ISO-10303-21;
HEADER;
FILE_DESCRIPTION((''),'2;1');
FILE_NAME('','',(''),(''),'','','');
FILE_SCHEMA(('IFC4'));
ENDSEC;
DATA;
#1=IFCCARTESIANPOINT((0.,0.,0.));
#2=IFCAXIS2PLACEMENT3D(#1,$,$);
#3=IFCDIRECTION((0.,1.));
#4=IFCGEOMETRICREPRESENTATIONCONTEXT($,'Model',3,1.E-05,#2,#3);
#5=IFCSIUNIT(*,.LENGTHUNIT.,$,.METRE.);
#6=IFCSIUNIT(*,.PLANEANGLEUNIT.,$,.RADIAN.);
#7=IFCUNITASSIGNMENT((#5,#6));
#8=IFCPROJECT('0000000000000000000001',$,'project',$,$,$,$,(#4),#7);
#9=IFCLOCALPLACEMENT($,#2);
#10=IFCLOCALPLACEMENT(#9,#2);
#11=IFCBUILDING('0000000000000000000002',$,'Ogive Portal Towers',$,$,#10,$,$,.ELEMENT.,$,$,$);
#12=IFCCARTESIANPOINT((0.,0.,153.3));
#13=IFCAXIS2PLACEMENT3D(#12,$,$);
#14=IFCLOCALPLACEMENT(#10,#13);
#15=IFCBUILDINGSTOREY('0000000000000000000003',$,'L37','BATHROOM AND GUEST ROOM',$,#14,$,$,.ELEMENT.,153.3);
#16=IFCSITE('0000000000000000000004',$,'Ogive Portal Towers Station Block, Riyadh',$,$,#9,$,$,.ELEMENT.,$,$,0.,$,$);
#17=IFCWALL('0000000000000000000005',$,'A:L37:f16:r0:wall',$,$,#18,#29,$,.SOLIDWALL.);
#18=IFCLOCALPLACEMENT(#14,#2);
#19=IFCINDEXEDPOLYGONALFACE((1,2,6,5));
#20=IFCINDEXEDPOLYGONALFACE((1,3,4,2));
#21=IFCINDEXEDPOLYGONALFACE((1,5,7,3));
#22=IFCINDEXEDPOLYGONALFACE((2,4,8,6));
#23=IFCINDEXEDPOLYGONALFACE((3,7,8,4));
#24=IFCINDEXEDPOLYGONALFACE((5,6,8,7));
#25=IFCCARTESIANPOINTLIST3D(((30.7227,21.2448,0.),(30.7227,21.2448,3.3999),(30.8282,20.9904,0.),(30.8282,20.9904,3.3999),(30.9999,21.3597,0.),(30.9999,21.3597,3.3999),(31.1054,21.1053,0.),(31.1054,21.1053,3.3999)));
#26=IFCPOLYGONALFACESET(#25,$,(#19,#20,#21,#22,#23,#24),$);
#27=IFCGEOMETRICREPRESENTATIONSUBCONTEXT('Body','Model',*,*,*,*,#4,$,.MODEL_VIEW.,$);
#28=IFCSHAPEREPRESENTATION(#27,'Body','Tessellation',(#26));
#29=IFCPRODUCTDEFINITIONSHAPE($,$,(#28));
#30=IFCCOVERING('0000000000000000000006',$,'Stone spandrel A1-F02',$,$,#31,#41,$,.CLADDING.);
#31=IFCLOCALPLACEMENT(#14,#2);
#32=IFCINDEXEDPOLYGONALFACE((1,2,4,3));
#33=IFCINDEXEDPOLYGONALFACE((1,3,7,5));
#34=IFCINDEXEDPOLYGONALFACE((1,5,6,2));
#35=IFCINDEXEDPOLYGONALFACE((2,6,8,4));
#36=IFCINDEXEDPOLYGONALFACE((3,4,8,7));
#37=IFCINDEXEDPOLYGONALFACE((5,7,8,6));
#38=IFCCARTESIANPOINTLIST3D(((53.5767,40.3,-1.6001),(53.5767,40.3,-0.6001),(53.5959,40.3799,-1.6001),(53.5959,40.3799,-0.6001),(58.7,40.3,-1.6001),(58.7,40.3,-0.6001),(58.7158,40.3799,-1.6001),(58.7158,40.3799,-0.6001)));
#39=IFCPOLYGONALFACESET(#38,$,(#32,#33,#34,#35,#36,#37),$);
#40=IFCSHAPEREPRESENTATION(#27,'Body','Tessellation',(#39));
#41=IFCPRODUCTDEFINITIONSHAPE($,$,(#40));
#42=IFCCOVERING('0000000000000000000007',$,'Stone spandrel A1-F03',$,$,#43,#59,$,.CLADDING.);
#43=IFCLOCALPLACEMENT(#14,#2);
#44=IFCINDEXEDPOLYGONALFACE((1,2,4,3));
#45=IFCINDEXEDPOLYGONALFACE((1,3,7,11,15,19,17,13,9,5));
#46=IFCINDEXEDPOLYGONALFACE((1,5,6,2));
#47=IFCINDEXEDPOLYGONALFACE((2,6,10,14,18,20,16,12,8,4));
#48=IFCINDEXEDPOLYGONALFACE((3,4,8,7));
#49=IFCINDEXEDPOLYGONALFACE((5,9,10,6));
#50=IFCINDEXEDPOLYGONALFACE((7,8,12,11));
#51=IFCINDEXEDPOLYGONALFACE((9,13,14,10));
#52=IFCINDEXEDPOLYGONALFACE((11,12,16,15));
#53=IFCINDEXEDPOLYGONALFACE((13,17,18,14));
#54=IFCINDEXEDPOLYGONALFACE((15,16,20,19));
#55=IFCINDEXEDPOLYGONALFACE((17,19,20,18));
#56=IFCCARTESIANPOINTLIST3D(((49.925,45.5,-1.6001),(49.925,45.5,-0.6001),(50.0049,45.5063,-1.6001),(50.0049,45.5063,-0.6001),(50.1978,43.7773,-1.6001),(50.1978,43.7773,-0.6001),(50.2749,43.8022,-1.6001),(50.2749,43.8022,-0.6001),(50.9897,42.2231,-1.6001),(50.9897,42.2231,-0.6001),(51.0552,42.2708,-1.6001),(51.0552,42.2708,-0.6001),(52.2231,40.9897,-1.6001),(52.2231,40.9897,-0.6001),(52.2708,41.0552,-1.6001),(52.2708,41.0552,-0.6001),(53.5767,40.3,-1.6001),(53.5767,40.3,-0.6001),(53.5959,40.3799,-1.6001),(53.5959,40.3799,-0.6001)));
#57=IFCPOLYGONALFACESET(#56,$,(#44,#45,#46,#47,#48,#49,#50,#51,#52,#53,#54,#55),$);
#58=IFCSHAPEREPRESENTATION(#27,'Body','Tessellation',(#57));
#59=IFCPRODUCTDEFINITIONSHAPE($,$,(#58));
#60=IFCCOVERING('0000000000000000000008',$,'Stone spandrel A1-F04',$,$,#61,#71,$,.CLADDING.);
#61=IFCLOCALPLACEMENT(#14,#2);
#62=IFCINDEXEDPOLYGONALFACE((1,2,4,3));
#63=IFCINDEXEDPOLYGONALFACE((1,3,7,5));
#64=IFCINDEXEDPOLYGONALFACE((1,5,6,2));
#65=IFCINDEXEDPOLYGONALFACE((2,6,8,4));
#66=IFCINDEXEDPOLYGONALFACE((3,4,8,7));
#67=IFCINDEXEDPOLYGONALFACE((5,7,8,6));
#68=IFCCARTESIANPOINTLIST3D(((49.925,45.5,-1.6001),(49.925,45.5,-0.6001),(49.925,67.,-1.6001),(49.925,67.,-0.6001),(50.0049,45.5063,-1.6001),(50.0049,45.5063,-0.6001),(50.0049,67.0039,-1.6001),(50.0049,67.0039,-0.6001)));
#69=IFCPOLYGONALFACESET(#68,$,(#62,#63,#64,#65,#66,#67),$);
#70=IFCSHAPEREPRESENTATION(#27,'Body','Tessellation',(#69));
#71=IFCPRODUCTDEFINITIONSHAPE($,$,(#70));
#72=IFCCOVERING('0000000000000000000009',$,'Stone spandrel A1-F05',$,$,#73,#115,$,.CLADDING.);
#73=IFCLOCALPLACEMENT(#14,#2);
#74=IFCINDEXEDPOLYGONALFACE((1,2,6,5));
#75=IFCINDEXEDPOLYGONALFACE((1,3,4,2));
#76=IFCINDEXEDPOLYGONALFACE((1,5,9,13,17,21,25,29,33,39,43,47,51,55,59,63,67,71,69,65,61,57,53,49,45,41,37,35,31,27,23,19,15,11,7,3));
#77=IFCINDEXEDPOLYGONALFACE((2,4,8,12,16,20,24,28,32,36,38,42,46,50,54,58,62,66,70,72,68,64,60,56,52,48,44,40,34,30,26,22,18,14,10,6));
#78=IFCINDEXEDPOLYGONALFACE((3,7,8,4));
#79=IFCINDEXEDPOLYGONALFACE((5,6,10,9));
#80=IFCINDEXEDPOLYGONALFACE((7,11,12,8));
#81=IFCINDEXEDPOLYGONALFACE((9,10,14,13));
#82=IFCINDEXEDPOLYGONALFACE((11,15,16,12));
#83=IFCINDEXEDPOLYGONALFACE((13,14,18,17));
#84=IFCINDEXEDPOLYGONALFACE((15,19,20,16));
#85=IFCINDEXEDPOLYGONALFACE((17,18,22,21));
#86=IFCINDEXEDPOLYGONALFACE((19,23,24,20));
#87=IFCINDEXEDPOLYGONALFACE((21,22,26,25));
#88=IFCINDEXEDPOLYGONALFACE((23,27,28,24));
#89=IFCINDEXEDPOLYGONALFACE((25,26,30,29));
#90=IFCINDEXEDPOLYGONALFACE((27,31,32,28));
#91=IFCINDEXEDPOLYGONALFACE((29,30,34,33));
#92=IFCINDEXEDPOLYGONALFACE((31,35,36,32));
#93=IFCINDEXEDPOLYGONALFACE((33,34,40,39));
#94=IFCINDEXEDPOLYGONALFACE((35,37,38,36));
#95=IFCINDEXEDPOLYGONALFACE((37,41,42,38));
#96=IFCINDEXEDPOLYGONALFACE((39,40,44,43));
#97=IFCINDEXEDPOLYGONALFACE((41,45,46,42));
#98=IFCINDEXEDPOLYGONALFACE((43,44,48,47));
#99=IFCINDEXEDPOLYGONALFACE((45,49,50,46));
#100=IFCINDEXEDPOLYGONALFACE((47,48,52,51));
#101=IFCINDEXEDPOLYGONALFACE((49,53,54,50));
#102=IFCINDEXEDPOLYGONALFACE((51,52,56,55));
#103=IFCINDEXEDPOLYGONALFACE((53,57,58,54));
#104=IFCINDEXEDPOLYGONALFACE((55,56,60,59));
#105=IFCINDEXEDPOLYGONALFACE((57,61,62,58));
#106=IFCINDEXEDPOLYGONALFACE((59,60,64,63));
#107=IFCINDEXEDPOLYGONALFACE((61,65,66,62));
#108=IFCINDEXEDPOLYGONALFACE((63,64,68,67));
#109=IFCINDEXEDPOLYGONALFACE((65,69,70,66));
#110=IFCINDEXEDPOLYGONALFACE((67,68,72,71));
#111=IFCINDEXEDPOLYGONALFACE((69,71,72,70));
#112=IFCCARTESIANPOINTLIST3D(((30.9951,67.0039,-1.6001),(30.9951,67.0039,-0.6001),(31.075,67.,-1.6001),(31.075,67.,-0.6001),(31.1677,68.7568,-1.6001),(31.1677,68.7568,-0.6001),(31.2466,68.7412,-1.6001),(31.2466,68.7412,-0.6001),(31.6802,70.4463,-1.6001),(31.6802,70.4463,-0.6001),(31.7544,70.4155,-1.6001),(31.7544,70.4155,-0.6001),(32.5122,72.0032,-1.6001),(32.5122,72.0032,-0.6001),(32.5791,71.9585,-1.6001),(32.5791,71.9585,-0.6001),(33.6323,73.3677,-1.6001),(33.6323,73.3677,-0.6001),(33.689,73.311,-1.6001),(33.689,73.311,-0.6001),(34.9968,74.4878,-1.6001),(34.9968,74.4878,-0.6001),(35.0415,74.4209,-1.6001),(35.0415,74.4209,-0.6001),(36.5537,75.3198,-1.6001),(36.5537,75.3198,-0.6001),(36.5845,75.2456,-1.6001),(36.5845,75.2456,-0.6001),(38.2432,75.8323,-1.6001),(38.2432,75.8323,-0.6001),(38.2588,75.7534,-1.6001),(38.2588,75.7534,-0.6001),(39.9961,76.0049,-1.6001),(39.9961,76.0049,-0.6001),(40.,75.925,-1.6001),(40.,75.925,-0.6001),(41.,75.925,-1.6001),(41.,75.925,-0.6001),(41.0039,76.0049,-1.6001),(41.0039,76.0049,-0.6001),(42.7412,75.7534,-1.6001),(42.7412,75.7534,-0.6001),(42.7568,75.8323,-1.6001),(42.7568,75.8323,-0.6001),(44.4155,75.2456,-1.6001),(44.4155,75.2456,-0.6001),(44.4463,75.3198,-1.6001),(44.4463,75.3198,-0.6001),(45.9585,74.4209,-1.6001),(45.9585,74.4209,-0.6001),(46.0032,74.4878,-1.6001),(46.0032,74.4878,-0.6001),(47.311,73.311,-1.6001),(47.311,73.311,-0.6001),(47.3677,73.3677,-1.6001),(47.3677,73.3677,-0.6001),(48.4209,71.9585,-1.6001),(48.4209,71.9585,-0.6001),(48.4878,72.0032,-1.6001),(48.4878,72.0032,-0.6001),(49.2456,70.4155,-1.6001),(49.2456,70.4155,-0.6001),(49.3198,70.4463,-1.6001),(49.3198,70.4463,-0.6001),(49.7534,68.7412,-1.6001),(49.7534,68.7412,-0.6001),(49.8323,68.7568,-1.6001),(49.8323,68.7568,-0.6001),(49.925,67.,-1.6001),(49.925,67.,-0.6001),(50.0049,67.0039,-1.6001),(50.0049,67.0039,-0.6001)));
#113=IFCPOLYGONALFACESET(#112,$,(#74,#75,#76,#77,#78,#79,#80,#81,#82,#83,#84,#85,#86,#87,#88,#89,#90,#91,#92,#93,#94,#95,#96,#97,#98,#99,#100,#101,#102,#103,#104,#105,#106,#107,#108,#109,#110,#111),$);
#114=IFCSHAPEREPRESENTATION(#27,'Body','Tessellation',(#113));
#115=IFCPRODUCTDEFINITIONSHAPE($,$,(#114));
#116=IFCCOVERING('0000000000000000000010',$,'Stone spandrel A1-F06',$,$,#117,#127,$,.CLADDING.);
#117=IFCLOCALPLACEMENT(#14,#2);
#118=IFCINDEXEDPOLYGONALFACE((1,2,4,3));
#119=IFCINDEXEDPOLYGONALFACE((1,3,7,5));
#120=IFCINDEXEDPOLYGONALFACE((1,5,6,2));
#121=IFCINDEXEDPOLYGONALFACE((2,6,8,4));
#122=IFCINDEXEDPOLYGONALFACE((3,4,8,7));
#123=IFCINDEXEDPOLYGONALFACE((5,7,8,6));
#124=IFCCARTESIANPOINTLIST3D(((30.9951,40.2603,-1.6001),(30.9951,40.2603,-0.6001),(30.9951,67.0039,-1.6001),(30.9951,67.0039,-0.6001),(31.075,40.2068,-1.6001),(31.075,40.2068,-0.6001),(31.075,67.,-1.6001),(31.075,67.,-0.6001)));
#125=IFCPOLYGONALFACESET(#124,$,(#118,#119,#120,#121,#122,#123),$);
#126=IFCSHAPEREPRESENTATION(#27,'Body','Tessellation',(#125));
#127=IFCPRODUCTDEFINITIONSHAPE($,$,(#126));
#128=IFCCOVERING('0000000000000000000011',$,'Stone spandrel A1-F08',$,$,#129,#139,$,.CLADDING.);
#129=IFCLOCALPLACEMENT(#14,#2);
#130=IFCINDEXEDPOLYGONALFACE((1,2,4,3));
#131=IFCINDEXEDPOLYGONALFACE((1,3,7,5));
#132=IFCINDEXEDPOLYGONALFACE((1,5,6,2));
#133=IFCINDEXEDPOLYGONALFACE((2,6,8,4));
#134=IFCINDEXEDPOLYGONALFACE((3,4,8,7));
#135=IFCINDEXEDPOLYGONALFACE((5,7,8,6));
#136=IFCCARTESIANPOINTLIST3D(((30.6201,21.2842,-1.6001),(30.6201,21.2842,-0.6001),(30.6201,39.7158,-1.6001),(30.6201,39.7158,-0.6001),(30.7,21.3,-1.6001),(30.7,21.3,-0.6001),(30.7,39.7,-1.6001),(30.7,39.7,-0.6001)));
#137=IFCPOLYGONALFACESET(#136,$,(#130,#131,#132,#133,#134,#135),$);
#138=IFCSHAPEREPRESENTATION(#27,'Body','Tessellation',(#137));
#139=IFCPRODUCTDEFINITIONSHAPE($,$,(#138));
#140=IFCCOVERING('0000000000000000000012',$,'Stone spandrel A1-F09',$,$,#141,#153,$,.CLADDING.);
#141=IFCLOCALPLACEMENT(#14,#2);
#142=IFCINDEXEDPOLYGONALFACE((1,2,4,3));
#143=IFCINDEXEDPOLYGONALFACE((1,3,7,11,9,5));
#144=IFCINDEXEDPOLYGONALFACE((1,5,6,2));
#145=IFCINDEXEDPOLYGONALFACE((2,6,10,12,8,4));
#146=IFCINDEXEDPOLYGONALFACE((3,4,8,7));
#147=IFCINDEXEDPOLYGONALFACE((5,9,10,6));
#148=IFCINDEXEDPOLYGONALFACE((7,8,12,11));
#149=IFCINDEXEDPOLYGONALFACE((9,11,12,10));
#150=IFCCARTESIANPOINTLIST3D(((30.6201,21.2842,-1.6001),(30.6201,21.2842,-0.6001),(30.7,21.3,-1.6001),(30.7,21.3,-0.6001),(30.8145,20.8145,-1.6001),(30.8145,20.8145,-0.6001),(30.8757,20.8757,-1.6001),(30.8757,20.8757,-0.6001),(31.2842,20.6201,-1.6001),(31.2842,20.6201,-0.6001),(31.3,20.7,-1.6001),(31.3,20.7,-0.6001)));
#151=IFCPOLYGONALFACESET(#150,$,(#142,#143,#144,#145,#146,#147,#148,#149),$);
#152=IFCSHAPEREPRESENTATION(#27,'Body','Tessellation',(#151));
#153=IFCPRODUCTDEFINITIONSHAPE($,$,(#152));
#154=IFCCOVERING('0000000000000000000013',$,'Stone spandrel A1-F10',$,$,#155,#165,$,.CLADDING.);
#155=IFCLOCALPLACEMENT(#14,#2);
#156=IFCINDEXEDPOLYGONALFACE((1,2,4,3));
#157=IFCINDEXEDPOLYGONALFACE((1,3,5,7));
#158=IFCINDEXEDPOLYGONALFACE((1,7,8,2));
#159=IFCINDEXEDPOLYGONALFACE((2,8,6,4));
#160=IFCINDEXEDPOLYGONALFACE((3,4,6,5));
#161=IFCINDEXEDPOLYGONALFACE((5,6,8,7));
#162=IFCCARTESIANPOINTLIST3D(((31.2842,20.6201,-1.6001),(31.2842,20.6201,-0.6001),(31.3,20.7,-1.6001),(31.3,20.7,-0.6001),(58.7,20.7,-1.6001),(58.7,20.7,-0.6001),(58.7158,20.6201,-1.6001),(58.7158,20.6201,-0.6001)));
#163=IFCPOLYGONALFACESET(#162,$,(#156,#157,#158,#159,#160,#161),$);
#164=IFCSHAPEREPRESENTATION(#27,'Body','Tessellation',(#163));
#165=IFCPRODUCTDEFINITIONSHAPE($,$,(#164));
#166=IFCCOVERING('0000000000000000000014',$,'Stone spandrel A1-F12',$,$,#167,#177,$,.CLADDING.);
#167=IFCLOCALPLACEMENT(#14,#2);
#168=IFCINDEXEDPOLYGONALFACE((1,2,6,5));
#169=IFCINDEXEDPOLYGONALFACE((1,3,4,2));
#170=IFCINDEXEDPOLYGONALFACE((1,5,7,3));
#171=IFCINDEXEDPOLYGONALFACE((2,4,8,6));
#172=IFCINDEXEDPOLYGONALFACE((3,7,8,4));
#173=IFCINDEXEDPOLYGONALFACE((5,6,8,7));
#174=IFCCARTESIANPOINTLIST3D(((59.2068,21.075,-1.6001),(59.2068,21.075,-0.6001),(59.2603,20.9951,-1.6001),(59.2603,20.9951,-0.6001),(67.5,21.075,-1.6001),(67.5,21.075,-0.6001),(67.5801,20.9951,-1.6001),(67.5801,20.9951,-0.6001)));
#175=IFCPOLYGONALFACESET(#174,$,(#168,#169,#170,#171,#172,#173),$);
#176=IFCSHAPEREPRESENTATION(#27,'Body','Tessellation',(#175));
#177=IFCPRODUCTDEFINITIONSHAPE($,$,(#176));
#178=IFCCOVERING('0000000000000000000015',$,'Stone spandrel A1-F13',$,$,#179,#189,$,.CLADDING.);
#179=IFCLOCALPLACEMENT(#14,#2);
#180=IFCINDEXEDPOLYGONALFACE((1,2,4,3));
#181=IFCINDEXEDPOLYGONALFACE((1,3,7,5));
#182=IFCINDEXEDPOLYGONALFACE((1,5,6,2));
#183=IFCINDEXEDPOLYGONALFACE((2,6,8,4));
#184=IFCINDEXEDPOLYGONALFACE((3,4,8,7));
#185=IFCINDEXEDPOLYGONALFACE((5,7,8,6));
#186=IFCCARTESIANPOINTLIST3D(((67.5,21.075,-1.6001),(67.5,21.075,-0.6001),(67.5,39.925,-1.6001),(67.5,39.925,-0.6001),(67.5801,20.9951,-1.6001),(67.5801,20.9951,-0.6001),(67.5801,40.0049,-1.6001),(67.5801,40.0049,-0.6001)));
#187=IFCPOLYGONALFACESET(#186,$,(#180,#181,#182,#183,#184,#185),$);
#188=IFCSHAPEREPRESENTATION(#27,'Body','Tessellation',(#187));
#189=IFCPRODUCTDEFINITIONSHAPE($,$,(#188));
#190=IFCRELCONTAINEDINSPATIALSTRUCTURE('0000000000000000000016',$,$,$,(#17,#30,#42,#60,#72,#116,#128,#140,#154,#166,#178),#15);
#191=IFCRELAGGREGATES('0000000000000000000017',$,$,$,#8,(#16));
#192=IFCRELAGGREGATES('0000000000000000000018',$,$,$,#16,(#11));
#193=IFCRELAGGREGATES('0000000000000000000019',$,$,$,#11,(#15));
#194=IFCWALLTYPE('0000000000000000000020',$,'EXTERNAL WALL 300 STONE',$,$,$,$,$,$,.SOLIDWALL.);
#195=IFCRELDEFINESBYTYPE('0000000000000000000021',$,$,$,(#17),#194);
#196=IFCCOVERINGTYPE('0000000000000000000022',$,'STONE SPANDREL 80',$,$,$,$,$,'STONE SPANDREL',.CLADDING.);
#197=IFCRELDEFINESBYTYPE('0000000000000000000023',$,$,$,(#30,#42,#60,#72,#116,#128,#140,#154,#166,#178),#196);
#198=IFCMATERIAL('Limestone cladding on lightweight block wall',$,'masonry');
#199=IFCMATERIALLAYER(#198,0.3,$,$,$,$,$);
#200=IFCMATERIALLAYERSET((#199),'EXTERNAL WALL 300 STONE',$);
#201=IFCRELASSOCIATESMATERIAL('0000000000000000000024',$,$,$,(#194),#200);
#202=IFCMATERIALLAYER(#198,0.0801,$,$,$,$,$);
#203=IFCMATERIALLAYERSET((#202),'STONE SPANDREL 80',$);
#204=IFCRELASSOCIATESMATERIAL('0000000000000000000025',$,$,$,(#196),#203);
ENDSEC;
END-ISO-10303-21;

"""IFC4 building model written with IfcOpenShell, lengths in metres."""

from ifc_helpers import new_model, si_unit, direction, frame, frame_2d, origin, place, context, subcontext, project, spatial, polyline, rectangle, outline, extrude, material, layer, layer_set, type_object, element, save


model = new_model("IFC4")

# Units and contexts
model_context = context("Model", 3, precision=1e-05, world=origin(), true_north=direction((0.0, 1.0)))
body_context = subcontext(model_context, "Body", "Model", "MODEL_VIEW")
ifc_project = project(units=[si_unit("LENGTHUNIT", "METRE"), si_unit("PLANEANGLEUNIT", "RADIAN")], contexts=[model_context])

# Site, building, storey
site_placement = place(None, origin())
site = spatial("IfcSite", under=ifc_project, at=site_placement, Name="Ogive Portal Towers Station Block, Riyadh", CompositionType="ELEMENT", RefElevation=0.0)
building_placement = place(site_placement, origin())
building = spatial("IfcBuilding", under=site, at=building_placement, Name="Ogive Portal Towers", CompositionType="ELEMENT")
storey_placement = place(building_placement, frame((0.0, 0.0, 153.3)))
storey = spatial("IfcBuildingStorey", under=building, at=storey_placement, Name="L37", Description="BATHROOM AND GUEST ROOM", CompositionType="ELEMENT", Elevation=153.3)

# Wall
ifc_material_1 = material(Name="Limestone cladding on lightweight block wall", Category="masonry")
ifc_layer_1 = layer(ifc_material_1, 0.3)
ifc_layer_set_1 = layer_set([ifc_layer_1], Name="EXTERNAL WALL 300 STONE")
wall_type = type_object("IfcWallType", Name="EXTERNAL WALL 300 STONE", PredefinedType="SOLIDWALL", material=ifc_layer_set_1)
wall_1_placement = place(storey_placement, frame((30.8613, 21.3022, 0.0), z_axis=(0.0, 0.0, 1.0), x_axis=(0.382978, -0.923757, 0.0)))
element("IfcWall", 1, at=wall_1_placement, inside=storey, type_object=wall_type, Name="A:L37:f16:r0:wall", PredefinedType="SOLIDWALL", context=body_context, shape_type="SweptSolid", body=[
    extrude(rectangle(XDim=0.2754, YDim=0.3, at=frame_2d((0.1377, 0.0))), origin(), (0.0, 0.0, 1.0), 3.3999),
])

# Coverings
ifc_layer_2 = layer(ifc_material_1, 0.0801)
ifc_layer_set_2 = layer_set([ifc_layer_2], Name="STONE SPANDREL 80")
covering_type_1 = type_object("IfcCoveringType", Name="STONE SPANDREL 80", ElementType="STONE SPANDREL", PredefinedType="CLADDING", material=ifc_layer_set_2)
covering_1_placement = place(storey_placement, frame((0.0, 0.0, -1.6001)))
element("IfcCovering", 2, at=covering_1_placement, inside=storey, type_object=covering_type_1, Name="Stone spandrel A1-F02", PredefinedType="CLADDING", context=body_context, shape_type="SweptSolid", body=[
    extrude(outline(polyline([(58.7, 40.3), (53.5767, 40.3), (53.5959, 40.3799), (58.7158, 40.3799), (58.7, 40.3)])), origin(), (0.0, 0.0, 1.0), 1.0),
])
covering_2_placement = place(storey_placement, frame((0.0, 0.0, -1.6001)))
element("IfcCovering", 3, at=covering_2_placement, inside=storey, type_object=covering_type_1, Name="Stone spandrel A1-F03", PredefinedType="CLADDING", context=body_context, shape_type="SweptSolid", body=[
    extrude(outline(polyline([(53.5767, 40.3), (52.2231, 40.9897), (50.9897, 42.2231), (50.1978, 43.7773), (49.925, 45.5), (50.0049, 45.5063), (50.2749, 43.8022), (51.0552, 42.2708), (52.2708, 41.0552), (53.5959, 40.3799), (53.5767, 40.3)])), origin(), (0.0, 0.0, 1.0), 1.0),
])
covering_3_placement = place(storey_placement, frame((0.0, 0.0, -1.6001)))
element("IfcCovering", 4, at=covering_3_placement, inside=storey, type_object=covering_type_1, Name="Stone spandrel A1-F04", PredefinedType="CLADDING", context=body_context, shape_type="SweptSolid", body=[
    extrude(outline(polyline([(49.925, 45.5), (49.925, 67.0), (50.0049, 67.0039), (50.0049, 45.5063), (49.925, 45.5)])), origin(), (0.0, 0.0, 1.0), 1.0),
])
covering_4_placement = place(storey_placement, frame((0.0, 0.0, -1.6001)))
element("IfcCovering", 5, at=covering_4_placement, inside=storey, type_object=covering_type_1, Name="Stone spandrel A1-F05", PredefinedType="CLADDING", context=body_context, shape_type="SweptSolid", body=[
    extrude(outline(polyline([(49.925, 67.0), (49.7534, 68.7412), (49.2456, 70.4155), (48.4209, 71.9585), (47.311, 73.311), (45.9585, 74.4209), (44.4155, 75.2456), (42.7412, 75.7534), (41.0, 75.925), (40.0, 75.925), (38.2588, 75.7534), (36.5845, 75.2456), (35.0415, 74.4209), (33.689, 73.311), (32.5791, 71.9585), (31.7544, 70.4155), (31.2466, 68.7412), (31.075, 67.0), (30.9951, 67.0039), (31.1677, 68.7568), (31.6802, 70.4463), (32.5122, 72.0032), (33.6323, 73.3677), (34.9968, 74.4878), (36.5537, 75.3198), (38.2432, 75.8323), (39.9961, 76.0049), (41.0039, 76.0049), (42.7568, 75.8323), (44.4463, 75.3198), (46.0032, 74.4878), (47.3677, 73.3677), (48.4878, 72.0032), (49.3198, 70.4463), (49.8323, 68.7568), (50.0049, 67.0039), (49.925, 67.0)])), origin(), (0.0, 0.0, 1.0), 1.0),
])
covering_5_placement = place(storey_placement, frame((0.0, 0.0, -1.6001)))
element("IfcCovering", 6, at=covering_5_placement, inside=storey, type_object=covering_type_1, Name="Stone spandrel A1-F06", PredefinedType="CLADDING", context=body_context, shape_type="SweptSolid", body=[
    extrude(outline(polyline([(31.075, 67.0), (31.075, 40.2068), (30.9951, 40.2603), (30.9951, 67.0039), (31.075, 67.0)])), origin(), (0.0, 0.0, 1.0), 1.0),
])
covering_6_placement = place(storey_placement, frame((0.0, 0.0, -1.6001)))
element("IfcCovering", 7, at=covering_6_placement, inside=storey, type_object=covering_type_1, Name="Stone spandrel A1-F08", PredefinedType="CLADDING", context=body_context, shape_type="SweptSolid", body=[
    extrude(outline(polyline([(30.7, 39.7), (30.7, 21.3), (30.6201, 21.2842), (30.6201, 39.7158), (30.7, 39.7)])), origin(), (0.0, 0.0, 1.0), 1.0),
])
covering_7_placement = place(storey_placement, frame((0.0, 0.0, -1.6001)))
element("IfcCovering", 8, at=covering_7_placement, inside=storey, type_object=covering_type_1, Name="Stone spandrel A1-F09", PredefinedType="CLADDING", context=body_context, shape_type="SweptSolid", body=[
    extrude(outline(polyline([(30.7, 21.3), (30.8757, 20.8757), (31.3, 20.7), (31.2842, 20.6201), (30.8145, 20.8145), (30.6201, 21.2842), (30.7, 21.3)])), origin(), (0.0, 0.0, 1.0), 1.0),
])
covering_8_placement = place(storey_placement, frame((0.0, 0.0, -1.6001)))
element("IfcCovering", 9, at=covering_8_placement, inside=storey, type_object=covering_type_1, Name="Stone spandrel A1-F10", PredefinedType="CLADDING", context=body_context, shape_type="SweptSolid", body=[
    extrude(outline(polyline([(31.3, 20.7), (58.7, 20.7), (58.7158, 20.6201), (31.2842, 20.6201), (31.3, 20.7)])), origin(), (0.0, 0.0, 1.0), 1.0),
])
covering_9_placement = place(storey_placement, frame((0.0, 0.0, -1.6001)))
element("IfcCovering", 10, at=covering_9_placement, inside=storey, type_object=covering_type_1, Name="Stone spandrel A1-F12", PredefinedType="CLADDING", context=body_context, shape_type="SweptSolid", body=[
    extrude(outline(polyline([(59.2068, 21.075), (67.5, 21.075), (67.5801, 20.9951), (59.2603, 20.9951), (59.2068, 21.075)])), origin(), (0.0, 0.0, 1.0), 1.0),
])
covering_10_placement = place(storey_placement, frame((0.0, 0.0, -1.6001)))
element("IfcCovering", 11, at=covering_10_placement, inside=storey, type_object=covering_type_1, Name="Stone spandrel A1-F13", PredefinedType="CLADDING", context=body_context, shape_type="SweptSolid", body=[
    extrude(outline(polyline([(67.5, 21.075), (67.5, 39.925), (67.5801, 40.0049), (67.5801, 20.9951), (67.5, 21.075)])), origin(), (0.0, 0.0, 1.0), 1.0),
])

save(model, "model.ifc")
